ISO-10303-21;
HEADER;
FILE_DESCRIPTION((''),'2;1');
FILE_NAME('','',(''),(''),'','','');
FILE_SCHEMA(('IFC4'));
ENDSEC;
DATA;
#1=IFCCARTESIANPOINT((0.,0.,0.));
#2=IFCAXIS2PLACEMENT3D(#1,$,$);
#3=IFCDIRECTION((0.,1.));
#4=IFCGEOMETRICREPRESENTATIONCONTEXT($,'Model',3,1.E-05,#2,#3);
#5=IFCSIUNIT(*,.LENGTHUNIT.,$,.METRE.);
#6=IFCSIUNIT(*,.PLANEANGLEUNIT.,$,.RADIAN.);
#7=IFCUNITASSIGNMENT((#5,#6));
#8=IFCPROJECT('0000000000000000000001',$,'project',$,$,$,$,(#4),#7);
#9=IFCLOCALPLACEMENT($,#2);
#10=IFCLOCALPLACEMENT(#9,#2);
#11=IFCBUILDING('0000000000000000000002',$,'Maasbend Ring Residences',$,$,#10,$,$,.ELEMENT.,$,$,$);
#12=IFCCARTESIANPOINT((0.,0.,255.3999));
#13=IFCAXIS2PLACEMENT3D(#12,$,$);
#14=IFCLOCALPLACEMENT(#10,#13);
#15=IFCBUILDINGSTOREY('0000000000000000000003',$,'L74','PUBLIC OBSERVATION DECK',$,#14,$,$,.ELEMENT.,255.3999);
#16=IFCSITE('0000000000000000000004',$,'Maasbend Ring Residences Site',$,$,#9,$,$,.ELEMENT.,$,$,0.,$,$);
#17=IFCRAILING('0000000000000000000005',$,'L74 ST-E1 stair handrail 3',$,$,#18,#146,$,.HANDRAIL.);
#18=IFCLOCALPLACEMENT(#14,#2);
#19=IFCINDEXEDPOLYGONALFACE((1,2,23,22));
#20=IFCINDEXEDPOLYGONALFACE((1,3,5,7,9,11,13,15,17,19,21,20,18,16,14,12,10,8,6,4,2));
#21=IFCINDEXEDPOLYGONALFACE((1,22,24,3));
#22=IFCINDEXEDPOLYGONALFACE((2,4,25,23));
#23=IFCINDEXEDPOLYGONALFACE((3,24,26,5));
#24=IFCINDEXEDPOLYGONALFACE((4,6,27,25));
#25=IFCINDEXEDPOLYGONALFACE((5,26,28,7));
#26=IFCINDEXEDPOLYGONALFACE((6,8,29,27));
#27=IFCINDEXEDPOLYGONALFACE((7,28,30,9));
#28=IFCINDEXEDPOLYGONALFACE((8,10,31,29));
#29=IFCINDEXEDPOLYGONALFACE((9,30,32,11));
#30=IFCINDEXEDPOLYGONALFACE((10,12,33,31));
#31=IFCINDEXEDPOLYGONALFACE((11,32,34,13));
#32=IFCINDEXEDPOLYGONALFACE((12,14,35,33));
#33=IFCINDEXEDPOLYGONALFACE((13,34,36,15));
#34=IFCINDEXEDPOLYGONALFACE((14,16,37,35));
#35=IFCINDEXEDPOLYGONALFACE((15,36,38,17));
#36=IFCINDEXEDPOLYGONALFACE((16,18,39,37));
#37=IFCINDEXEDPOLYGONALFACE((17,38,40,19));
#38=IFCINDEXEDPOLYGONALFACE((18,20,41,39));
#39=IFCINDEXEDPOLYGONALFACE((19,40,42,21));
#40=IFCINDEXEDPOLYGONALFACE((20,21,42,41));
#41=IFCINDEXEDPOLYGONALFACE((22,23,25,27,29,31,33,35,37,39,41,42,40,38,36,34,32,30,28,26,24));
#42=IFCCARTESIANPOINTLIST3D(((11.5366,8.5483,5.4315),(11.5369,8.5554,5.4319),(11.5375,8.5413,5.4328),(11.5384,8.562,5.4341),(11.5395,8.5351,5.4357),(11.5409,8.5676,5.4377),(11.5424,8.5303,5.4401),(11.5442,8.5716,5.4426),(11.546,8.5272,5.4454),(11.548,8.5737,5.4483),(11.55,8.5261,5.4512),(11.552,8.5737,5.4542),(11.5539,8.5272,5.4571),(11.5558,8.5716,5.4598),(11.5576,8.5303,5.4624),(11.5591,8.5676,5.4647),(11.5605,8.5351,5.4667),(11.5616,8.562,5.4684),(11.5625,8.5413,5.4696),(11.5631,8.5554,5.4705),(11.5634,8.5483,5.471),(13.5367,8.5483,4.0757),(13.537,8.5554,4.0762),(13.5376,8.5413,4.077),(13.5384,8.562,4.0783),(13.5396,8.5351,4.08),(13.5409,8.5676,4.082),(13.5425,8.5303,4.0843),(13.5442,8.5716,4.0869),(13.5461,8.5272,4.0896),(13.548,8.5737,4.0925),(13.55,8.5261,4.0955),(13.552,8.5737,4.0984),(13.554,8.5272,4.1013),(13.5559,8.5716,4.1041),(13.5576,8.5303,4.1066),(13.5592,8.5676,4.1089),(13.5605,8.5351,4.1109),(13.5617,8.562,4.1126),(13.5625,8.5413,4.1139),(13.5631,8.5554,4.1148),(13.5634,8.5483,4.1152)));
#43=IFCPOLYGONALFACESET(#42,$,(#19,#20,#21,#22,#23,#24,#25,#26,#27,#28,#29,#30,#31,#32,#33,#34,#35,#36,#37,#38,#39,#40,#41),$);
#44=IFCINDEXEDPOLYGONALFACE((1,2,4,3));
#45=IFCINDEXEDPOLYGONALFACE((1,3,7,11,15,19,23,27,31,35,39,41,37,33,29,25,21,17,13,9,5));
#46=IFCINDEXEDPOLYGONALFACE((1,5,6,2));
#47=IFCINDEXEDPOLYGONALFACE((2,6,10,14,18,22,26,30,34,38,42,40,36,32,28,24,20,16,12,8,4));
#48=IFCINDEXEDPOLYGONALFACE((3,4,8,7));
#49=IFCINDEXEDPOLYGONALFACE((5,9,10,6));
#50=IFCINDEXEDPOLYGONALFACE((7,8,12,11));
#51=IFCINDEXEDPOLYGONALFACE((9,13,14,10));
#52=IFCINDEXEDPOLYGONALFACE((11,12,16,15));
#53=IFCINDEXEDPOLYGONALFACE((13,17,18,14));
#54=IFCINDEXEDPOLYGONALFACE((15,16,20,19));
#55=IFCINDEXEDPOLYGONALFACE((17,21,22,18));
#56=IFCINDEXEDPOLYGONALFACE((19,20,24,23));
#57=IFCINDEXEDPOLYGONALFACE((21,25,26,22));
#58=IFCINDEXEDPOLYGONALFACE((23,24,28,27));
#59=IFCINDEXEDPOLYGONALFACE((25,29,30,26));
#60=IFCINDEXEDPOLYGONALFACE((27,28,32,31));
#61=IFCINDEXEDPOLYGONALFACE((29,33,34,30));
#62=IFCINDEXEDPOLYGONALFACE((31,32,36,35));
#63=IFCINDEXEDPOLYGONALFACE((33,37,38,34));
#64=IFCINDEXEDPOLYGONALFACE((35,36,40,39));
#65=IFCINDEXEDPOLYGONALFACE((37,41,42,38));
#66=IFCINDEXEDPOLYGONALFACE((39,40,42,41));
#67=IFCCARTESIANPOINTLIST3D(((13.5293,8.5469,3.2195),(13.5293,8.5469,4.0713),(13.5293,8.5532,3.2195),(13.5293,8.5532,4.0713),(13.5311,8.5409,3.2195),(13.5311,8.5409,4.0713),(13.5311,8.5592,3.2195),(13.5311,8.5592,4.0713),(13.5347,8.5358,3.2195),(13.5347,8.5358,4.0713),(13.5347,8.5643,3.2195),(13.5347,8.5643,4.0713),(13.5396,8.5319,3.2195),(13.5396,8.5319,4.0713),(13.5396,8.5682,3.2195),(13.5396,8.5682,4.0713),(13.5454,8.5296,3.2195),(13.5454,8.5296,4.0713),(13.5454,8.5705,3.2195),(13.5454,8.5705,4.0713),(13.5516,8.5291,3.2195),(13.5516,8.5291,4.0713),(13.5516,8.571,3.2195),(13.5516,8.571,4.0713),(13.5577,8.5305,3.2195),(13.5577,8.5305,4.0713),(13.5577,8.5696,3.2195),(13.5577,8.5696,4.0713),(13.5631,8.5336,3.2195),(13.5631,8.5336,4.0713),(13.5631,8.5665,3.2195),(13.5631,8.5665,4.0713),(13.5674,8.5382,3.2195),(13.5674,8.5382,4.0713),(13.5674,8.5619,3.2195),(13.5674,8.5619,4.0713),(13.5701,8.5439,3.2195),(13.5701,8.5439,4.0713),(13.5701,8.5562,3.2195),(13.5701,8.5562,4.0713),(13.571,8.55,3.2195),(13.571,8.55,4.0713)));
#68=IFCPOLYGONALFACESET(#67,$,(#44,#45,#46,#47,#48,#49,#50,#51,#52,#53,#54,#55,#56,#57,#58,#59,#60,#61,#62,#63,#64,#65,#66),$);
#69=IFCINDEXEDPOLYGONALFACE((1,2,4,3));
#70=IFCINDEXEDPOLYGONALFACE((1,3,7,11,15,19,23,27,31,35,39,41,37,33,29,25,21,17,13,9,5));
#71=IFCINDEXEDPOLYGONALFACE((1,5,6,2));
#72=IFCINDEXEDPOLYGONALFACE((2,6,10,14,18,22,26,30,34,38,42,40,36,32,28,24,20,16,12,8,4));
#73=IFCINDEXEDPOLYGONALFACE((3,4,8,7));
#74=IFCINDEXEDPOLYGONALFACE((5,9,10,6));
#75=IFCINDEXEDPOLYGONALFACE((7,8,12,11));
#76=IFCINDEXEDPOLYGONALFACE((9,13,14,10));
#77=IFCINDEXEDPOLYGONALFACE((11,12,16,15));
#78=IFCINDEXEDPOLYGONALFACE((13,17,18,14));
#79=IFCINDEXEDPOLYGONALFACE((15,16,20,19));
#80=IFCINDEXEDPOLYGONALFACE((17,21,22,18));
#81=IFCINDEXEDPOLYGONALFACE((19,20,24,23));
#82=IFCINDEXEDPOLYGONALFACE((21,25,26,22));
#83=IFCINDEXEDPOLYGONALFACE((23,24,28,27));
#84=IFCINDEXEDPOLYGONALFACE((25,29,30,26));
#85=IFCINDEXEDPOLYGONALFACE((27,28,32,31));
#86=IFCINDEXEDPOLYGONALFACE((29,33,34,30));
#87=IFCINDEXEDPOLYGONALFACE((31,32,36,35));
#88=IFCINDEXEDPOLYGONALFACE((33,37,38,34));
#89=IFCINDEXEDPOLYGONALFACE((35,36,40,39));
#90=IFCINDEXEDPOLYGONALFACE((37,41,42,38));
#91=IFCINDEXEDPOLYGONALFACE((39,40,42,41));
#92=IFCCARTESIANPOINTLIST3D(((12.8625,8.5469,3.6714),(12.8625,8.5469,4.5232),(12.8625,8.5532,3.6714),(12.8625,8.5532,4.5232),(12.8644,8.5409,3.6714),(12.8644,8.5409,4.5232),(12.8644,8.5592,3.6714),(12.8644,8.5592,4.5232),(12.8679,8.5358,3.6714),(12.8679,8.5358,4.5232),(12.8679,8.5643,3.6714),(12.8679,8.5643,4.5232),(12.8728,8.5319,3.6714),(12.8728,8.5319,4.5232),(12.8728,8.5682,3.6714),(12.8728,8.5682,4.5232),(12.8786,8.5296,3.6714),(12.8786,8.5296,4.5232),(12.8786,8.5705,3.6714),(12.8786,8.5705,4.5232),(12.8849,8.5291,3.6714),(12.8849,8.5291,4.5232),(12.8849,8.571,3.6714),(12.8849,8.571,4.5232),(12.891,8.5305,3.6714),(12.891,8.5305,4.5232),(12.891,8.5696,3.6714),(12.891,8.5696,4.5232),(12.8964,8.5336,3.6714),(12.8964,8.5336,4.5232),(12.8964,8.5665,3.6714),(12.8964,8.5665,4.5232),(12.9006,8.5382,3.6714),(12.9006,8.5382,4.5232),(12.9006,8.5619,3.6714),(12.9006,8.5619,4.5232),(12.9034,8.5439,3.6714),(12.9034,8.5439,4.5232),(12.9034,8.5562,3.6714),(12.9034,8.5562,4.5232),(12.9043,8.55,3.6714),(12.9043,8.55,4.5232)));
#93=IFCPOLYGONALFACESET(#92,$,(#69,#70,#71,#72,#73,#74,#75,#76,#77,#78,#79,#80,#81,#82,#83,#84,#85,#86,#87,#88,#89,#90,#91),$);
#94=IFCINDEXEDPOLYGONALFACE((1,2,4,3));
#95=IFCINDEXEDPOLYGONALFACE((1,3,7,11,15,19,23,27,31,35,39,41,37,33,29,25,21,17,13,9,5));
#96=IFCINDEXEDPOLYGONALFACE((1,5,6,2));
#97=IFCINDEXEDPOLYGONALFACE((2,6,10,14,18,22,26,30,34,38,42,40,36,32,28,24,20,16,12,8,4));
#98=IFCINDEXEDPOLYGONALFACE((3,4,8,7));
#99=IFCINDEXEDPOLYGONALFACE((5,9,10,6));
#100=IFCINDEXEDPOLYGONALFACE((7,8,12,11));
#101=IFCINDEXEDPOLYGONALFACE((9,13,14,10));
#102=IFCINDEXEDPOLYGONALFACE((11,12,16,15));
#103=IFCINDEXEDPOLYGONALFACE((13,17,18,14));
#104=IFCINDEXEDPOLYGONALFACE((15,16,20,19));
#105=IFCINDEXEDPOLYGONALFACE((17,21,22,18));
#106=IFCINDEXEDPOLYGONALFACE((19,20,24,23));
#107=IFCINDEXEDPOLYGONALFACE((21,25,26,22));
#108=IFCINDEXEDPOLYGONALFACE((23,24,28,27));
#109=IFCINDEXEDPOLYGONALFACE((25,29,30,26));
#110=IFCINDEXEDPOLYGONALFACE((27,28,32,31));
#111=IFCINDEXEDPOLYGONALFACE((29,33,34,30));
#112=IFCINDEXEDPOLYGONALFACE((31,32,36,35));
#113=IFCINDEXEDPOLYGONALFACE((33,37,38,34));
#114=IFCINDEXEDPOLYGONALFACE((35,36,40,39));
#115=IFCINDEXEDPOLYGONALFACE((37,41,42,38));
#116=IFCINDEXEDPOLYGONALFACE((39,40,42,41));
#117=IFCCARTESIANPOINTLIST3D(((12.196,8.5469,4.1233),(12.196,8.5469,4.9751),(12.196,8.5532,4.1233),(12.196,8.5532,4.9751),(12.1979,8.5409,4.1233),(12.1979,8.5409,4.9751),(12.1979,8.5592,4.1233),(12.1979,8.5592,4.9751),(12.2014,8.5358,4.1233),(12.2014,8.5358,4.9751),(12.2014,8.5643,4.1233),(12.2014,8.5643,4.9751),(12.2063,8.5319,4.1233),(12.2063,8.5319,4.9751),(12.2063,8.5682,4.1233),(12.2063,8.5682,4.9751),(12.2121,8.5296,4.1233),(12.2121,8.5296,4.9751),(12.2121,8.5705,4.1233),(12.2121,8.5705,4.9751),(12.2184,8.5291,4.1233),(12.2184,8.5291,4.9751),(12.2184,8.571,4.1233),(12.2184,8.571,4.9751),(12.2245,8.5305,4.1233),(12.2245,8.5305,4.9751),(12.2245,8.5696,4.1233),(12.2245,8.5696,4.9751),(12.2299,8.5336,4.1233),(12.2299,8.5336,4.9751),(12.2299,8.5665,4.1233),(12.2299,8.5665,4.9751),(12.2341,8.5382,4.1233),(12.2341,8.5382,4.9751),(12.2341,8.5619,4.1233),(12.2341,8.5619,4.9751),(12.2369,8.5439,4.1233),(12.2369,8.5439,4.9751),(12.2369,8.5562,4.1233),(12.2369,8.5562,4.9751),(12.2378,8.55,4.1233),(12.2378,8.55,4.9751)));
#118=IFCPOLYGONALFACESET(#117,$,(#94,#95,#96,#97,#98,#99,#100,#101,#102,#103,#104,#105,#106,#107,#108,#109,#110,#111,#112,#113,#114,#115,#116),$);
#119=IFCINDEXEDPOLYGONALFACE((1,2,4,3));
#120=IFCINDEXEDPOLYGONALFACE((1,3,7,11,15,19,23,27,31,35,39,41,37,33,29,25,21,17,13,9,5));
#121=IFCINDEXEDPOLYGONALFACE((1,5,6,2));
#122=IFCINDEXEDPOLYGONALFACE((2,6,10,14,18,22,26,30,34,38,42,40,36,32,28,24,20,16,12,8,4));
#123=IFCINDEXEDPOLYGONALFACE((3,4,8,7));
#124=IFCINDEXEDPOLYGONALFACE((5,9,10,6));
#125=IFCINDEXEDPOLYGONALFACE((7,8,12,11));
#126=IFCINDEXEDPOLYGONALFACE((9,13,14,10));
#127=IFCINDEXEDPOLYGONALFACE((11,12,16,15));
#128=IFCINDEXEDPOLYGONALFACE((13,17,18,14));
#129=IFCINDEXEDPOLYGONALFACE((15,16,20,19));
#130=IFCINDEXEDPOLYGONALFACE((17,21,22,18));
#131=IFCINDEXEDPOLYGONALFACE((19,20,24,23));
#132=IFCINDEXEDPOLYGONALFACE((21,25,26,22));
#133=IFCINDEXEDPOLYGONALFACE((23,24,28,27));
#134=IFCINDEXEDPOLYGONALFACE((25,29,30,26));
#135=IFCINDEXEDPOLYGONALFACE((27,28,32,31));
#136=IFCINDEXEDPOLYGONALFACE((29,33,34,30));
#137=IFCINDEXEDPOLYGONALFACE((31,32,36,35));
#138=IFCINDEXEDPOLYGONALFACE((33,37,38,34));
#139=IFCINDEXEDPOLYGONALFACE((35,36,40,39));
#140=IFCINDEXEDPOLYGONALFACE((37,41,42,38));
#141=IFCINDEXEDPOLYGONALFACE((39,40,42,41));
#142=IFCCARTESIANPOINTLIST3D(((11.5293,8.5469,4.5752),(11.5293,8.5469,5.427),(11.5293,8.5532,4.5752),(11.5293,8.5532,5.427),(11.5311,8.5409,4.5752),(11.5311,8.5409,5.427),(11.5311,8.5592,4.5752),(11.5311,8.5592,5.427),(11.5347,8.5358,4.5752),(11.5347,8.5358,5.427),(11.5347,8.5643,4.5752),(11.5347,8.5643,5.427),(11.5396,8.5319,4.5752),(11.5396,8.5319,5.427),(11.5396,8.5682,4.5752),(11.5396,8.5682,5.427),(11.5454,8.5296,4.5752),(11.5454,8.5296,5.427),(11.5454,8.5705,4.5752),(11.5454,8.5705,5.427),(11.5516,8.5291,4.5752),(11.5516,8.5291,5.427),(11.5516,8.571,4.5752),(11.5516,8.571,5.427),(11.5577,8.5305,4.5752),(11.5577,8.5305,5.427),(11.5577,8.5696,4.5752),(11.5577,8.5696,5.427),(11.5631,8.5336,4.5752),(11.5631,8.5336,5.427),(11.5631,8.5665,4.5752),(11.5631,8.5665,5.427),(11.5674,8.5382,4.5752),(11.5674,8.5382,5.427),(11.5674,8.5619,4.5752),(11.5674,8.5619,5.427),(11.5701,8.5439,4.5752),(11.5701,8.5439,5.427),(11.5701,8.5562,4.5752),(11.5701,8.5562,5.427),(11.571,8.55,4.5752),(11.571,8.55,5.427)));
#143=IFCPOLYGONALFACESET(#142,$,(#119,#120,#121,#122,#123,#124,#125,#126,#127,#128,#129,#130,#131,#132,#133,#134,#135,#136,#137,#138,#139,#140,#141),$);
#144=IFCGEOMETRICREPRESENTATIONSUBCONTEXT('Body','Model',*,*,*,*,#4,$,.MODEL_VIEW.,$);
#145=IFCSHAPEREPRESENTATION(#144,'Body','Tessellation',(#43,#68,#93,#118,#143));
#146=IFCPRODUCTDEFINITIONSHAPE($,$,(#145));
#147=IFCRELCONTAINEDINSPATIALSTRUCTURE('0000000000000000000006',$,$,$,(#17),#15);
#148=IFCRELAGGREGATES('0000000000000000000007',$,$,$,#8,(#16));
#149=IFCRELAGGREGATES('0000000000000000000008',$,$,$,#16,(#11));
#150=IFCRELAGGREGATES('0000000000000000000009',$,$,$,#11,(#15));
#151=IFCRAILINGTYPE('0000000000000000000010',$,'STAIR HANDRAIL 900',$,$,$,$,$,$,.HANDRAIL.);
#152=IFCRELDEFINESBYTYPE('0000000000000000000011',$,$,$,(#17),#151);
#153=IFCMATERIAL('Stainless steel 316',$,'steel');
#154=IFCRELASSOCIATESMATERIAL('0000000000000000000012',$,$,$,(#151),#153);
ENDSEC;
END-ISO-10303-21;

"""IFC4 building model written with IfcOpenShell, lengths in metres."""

from ifc_helpers import new_model, si_unit, direction, frame, origin, origin_2d, place, context, subcontext, project, spatial, circle, extrude, material, type_object, element, save


model = new_model("IFC4")

# Units and contexts
model_context = context("Model", 3, precision=1e-05, world=origin(), true_north=direction((0.0, 1.0)))
body_context = subcontext(model_context, "Body", "Model", "MODEL_VIEW")
ifc_project = project(units=[si_unit("LENGTHUNIT", "METRE"), si_unit("PLANEANGLEUNIT", "RADIAN")], contexts=[model_context])

# Site, building, storey
site_placement = place(None, origin())
site = spatial("IfcSite", under=ifc_project, at=site_placement, Name="Maasbend Ring Residences Site", CompositionType="ELEMENT", RefElevation=0.0)
building_placement = place(site_placement, origin())
building = spatial("IfcBuilding", under=site, at=building_placement, Name="Maasbend Ring Residences", CompositionType="ELEMENT")
storey_placement = place(building_placement, frame((0.0, 0.0, 255.3999)))
storey = spatial("IfcBuildingStorey", under=building, at=storey_placement, Name="L74", Description="PUBLIC OBSERVATION DECK", CompositionType="ELEMENT", Elevation=255.3999)

# Railing
ifc_material_1 = material(Name="Stainless steel 316", Category="steel")
railing_type_1 = type_object("IfcRailingType", Name="STAIR HANDRAIL 900", PredefinedType="HANDRAIL", material=ifc_material_1)
for number, where, name in (
    (1, (13.55, 8.55, 3.2195), "L74 ST-E1 stair handrail 3"),
):
    element("IfcRailing", number, at=place(storey_placement, frame(where)), inside=storey, type_object=railing_type_1, Name=name, PredefinedType="HANDRAIL", context=body_context, shape_type="SweptSolid", body=[
        extrude(circle(Radius=0.0239, at=origin_2d()), frame((0.0, 0.0, 0.876), z_axis=(-0.827751, 0.0, 0.561096), x_axis=(0.0, -1.0, 0.0)), (0.0, 0.0, 1.0), 2.4163),
        extrude(circle(Radius=0.021, at=origin_2d()), origin(), (0.0, 0.0, 1.0), 0.8518),
        extrude(circle(Radius=0.021, at=origin_2d()), frame((-0.6667, 0.0, 0.4519)), (0.0, 0.0, 1.0), 0.8518),
        extrude(circle(Radius=0.021, at=origin_2d()), frame((-1.3333, 0.0, 0.9038)), (0.0, 0.0, 1.0), 0.8518),
        extrude(circle(Radius=0.021, at=origin_2d()), frame((-2.0, 0.0, 1.3557)), (0.0, 0.0, 1.0), 0.8518),
    ])

save(model, "model.ifc")
